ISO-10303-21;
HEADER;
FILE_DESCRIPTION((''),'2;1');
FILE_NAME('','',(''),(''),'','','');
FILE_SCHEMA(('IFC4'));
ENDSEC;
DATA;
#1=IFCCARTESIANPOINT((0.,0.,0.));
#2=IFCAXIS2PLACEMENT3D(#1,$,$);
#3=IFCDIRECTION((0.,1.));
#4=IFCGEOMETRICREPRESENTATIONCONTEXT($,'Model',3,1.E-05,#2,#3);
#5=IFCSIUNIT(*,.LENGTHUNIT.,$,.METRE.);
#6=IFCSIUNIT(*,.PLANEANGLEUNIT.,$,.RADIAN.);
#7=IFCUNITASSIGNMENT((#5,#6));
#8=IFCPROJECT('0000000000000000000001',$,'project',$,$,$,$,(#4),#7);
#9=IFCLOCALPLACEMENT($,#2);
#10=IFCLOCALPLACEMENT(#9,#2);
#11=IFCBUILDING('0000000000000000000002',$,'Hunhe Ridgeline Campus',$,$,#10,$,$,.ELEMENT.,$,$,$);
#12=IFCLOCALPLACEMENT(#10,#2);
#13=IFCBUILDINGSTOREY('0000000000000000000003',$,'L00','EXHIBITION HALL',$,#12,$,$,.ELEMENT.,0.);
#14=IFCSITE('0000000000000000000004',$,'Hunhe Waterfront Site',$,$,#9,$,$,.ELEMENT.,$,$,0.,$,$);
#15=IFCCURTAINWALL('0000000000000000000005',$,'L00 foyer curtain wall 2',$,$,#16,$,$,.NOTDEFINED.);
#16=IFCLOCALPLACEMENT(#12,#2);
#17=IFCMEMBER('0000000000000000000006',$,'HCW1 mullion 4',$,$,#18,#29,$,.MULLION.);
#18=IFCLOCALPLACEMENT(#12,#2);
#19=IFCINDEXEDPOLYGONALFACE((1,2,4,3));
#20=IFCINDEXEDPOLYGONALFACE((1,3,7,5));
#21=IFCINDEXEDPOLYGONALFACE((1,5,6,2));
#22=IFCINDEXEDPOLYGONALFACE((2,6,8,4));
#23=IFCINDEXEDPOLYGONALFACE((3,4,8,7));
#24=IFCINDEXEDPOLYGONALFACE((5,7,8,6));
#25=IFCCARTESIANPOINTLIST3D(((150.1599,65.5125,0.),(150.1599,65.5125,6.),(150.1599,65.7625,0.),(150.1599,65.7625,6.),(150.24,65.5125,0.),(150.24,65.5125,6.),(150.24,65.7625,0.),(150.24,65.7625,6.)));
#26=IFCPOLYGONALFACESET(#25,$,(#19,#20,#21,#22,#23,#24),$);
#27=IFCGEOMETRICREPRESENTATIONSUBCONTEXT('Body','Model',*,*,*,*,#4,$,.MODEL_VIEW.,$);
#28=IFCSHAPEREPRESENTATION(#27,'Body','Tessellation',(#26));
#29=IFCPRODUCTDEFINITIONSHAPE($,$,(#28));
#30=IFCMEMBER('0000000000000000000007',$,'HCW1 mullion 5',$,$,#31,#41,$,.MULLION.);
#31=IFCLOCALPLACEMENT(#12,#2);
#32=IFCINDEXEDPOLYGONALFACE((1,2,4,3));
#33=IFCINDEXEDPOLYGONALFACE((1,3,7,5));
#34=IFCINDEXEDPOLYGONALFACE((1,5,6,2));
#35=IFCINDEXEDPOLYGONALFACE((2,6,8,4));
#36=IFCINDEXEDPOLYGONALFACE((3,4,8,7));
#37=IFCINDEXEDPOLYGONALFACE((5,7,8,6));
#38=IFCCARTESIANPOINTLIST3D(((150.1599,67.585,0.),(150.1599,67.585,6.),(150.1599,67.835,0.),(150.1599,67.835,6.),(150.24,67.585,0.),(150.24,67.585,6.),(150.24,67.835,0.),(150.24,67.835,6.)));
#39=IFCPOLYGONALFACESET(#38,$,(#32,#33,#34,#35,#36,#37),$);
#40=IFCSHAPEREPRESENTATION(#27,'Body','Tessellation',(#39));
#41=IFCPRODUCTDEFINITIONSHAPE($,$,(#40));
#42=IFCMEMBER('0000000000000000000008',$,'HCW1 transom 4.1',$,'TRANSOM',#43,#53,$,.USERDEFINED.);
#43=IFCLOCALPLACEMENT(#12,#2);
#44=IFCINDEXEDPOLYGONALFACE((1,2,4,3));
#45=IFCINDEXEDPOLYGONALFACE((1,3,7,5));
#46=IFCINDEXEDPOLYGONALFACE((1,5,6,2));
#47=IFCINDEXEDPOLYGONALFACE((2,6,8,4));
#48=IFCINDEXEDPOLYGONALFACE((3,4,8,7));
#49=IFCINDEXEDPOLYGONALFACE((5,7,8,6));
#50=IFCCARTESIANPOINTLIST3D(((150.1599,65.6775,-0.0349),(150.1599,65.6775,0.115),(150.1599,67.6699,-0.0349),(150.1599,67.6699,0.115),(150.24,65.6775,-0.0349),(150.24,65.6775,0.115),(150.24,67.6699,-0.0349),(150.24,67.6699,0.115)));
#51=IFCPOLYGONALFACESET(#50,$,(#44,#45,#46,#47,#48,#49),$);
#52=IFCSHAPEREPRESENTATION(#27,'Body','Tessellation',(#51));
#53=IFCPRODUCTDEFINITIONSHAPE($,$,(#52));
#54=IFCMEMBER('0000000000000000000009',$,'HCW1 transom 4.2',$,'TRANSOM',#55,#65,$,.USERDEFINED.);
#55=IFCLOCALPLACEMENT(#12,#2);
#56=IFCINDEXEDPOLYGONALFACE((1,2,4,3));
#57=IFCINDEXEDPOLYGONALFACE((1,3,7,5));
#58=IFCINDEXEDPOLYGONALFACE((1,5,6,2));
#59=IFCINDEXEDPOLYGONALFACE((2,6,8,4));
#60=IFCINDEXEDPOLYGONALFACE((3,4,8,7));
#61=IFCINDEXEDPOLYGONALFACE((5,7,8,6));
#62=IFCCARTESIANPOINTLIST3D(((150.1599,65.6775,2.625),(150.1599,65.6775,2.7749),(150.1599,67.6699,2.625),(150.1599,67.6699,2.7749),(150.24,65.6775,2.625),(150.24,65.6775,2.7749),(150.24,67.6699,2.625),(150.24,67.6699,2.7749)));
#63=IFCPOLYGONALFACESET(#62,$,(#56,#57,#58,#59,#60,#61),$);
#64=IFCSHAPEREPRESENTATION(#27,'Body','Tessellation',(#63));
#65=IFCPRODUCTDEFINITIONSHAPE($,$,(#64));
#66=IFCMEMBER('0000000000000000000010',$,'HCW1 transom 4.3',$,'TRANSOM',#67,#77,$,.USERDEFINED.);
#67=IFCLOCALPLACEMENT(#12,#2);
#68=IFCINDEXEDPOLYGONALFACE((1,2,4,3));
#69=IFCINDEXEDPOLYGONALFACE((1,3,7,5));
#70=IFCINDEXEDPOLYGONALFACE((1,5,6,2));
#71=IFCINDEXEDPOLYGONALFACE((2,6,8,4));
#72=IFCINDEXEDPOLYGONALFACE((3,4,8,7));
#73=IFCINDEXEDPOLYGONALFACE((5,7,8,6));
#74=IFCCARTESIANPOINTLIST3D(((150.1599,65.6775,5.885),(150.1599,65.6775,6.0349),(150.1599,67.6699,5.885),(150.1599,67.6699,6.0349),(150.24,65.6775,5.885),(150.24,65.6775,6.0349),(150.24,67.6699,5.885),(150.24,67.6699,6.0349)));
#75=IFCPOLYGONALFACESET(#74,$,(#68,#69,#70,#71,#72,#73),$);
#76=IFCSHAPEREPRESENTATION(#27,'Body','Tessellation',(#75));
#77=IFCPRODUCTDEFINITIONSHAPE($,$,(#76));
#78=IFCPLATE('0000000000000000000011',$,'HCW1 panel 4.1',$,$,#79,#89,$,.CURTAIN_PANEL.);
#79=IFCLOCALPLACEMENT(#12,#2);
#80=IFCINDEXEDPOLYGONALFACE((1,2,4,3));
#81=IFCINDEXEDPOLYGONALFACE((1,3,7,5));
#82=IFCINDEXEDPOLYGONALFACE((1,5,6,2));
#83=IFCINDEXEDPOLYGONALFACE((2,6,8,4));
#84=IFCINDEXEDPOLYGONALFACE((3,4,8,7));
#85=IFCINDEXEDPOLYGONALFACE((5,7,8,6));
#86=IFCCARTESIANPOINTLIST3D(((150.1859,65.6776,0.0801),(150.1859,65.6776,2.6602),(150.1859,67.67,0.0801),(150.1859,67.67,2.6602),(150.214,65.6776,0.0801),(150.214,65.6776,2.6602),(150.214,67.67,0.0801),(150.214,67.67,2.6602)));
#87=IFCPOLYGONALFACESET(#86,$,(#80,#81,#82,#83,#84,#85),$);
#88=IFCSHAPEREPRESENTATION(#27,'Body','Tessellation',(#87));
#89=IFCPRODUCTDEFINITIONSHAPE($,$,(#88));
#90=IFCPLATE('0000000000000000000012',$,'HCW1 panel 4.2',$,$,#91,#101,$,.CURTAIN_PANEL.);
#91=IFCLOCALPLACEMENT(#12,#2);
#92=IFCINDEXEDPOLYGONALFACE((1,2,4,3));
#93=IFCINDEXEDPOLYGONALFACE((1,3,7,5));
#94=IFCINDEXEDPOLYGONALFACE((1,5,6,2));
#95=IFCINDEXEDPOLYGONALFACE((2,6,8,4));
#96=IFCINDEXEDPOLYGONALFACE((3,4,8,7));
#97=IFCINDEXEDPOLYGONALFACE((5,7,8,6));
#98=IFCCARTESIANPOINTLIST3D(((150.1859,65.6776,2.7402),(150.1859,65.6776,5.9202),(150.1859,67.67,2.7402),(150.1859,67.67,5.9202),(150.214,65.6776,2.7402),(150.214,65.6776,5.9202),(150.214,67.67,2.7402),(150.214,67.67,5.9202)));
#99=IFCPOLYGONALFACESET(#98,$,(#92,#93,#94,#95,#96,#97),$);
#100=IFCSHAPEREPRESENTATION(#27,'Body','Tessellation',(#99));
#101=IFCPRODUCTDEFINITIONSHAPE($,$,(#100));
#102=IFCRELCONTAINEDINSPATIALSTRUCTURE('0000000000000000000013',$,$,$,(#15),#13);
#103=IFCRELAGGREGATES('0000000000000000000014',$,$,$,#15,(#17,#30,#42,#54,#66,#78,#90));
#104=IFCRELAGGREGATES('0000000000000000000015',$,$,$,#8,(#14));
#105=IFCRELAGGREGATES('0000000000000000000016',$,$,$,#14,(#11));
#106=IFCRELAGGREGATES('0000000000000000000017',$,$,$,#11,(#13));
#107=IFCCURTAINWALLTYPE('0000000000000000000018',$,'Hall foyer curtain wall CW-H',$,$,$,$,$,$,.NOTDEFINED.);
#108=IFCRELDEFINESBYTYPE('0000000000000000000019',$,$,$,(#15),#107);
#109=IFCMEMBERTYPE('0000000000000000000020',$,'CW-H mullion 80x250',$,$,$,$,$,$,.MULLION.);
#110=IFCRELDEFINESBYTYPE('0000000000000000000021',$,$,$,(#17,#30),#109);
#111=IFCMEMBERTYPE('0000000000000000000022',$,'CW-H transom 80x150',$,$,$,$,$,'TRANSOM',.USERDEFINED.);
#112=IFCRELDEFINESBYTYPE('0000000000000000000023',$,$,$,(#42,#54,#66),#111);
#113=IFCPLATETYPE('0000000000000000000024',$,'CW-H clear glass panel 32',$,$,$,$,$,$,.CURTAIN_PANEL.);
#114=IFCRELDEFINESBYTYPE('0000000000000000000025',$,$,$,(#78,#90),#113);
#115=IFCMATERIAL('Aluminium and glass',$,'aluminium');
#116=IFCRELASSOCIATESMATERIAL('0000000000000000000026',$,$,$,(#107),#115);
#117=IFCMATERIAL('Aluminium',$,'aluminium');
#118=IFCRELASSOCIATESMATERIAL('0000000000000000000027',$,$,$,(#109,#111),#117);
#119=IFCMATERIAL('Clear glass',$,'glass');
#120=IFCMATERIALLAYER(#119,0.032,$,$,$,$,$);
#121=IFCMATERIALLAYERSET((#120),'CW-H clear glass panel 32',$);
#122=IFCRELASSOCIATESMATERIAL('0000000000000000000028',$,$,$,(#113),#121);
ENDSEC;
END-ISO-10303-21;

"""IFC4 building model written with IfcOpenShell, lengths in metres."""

from ifc_helpers import new_model, si_unit, direction, frame, origin, origin_2d, place, context, subcontext, project, spatial, rectangle, extrude, material, layer, layer_set, material_profile, profile_set, type_object, element, aggregate, save


model = new_model("IFC4")

# Units and contexts
model_context = context("Model", 3, precision=1e-05, world=origin(), true_north=direction((0.0, 1.0)))
body_context = subcontext(model_context, "Body", "Model", "MODEL_VIEW")
ifc_project = project(units=[si_unit("LENGTHUNIT", "METRE"), si_unit("PLANEANGLEUNIT", "RADIAN")], contexts=[model_context])

# Site, building, storey
site_placement = place(None, origin())
site = spatial("IfcSite", under=ifc_project, at=site_placement, Name="Hunhe Waterfront Site", CompositionType="ELEMENT", RefElevation=0.0)
building_placement = place(site_placement, origin())
building = spatial("IfcBuilding", under=site, at=building_placement, Name="Hunhe Ridgeline Campus", CompositionType="ELEMENT")
storey_placement = place(building_placement, origin())
storey = spatial("IfcBuildingStorey", under=building, at=storey_placement, Name="L00", Description="EXHIBITION HALL", CompositionType="ELEMENT", Elevation=0.0)

# Curtain wall, members, plates
ifc_material_1 = material(Name="Aluminium and glass", Category="aluminium")
curtain_wall_type = type_object("IfcCurtainWallType", Name="Hall foyer curtain wall CW-H", PredefinedType="NOTDEFINED", material=ifc_material_1)
curtain_wall_placement = place(storey_placement, origin())
curtain_wall = element("IfcCurtainWall", 1, at=curtain_wall_placement, inside=storey, type_object=curtain_wall_type, Name="L00 foyer curtain wall 2", PredefinedType="NOTDEFINED")
ifc_material_2 = material(Name="Aluminium", Category="aluminium")
ifc_material_profile_1 = material_profile(ifc_material_2, rectangle(XDim=0.0801, YDim=0.25, at=origin_2d()))
ifc_profile_set_1 = profile_set([ifc_material_profile_1], Name="Aluminium")
member_type_1 = type_object("IfcMemberType", Name="CW-H mullion 80x250", PredefinedType="MULLION", material=ifc_profile_set_1)
member_1_placement = place(storey_placement, frame((150.2, 65.6375, 0.0), z_axis=(0.0, 0.0, 1.0), x_axis=(-1.0, 0.0, 0.0)))
member_1 = element("IfcMember", 2, at=member_1_placement, type_object=member_type_1, Name="HCW1 mullion 4", PredefinedType="MULLION", context=body_context, shape_type="SweptSolid", body=[
    extrude(rectangle(XDim=0.0801, YDim=0.25, at=origin_2d()), origin(), (0.0, 0.0, 1.0), 6.0),
])
member_2_placement = place(storey_placement, frame((150.2, 67.71, 0.0), z_axis=(0.0, 0.0, 1.0), x_axis=(-1.0, 0.0, 0.0)))
member_2 = element("IfcMember", 3, at=member_2_placement, type_object=member_type_1, Name="HCW1 mullion 5", PredefinedType="MULLION", context=body_context, shape_type="SweptSolid", body=[
    extrude(rectangle(XDim=0.0801, YDim=0.25, at=origin_2d()), origin(), (0.0, 0.0, 1.0), 6.0),
])
ifc_material_profile_2 = material_profile(ifc_material_2, rectangle(XDim=0.0801, YDim=0.1499, at=origin_2d()))
ifc_profile_set_2 = profile_set([ifc_material_profile_2], Name="Aluminium")
member_type_2 = type_object("IfcMemberType", Name="CW-H transom 80x150", ElementType="TRANSOM", PredefinedType="USERDEFINED", material=ifc_profile_set_2)
member_3_placement = place(storey_placement, frame((150.2, 65.6775, 0.04), z_axis=(0.0, 1.0, 0.0), x_axis=(-1.0, 0.0, 0.0)))
member_3 = element("IfcMember", 4, at=member_3_placement, type_object=member_type_2, Name="HCW1 transom 4.1", ObjectType="TRANSOM", PredefinedType="USERDEFINED", context=body_context, shape_type="SweptSolid", body=[
    extrude(rectangle(XDim=0.0801, YDim=0.1499, at=origin_2d()), origin(), (0.0, 0.0, 1.0), 1.9924),
])
member_4_placement = place(storey_placement, frame((150.2, 65.6775, 2.7), z_axis=(0.0, 1.0, 0.0), x_axis=(-1.0, 0.0, 0.0)))
member_4 = element("IfcMember", 5, at=member_4_placement, type_object=member_type_2, Name="HCW1 transom 4.2", ObjectType="TRANSOM", PredefinedType="USERDEFINED", context=body_context, shape_type="SweptSolid", body=[
    extrude(rectangle(XDim=0.0801, YDim=0.1499, at=origin_2d()), origin(), (0.0, 0.0, 1.0), 1.9924),
])
member_5_placement = place(storey_placement, frame((150.2, 65.6775, 5.96), z_axis=(0.0, 1.0, 0.0), x_axis=(-1.0, 0.0, 0.0)))
member_5 = element("IfcMember", 6, at=member_5_placement, type_object=member_type_2, Name="HCW1 transom 4.3", ObjectType="TRANSOM", PredefinedType="USERDEFINED", context=body_context, shape_type="SweptSolid", body=[
    extrude(rectangle(XDim=0.0801, YDim=0.1499, at=origin_2d()), origin(), (0.0, 0.0, 1.0), 1.9924),
])
ifc_material_3 = material(Name="Clear glass", Category="glass")
ifc_layer_1 = layer(ifc_material_3, 0.032)
ifc_layer_set_1 = layer_set([ifc_layer_1], Name="CW-H clear glass panel 32")
plate_type = type_object("IfcPlateType", Name="CW-H clear glass panel 32", PredefinedType="CURTAIN_PANEL", material=ifc_layer_set_1)
plate_1_placement = place(storey_placement, frame((150.2, 66.6738, 0.0801), z_axis=(0.0, 0.0, 1.0), x_axis=(0.0, 1.0, 0.0)))
plate_1 = element("IfcPlate", 7, at=plate_1_placement, type_object=plate_type, Name="HCW1 panel 4.1", PredefinedType="CURTAIN_PANEL", context=body_context, shape_type="SweptSolid", body=[
    extrude(rectangle(XDim=1.9924, YDim=0.0281, at=origin_2d()), origin(), (0.0, 0.0, 1.0), 2.5801),
])
plate_2_placement = place(storey_placement, frame((150.2, 66.6738, 2.7402), z_axis=(0.0, 0.0, 1.0), x_axis=(0.0, 1.0, 0.0)))
plate_2 = element("IfcPlate", 8, at=plate_2_placement, type_object=plate_type, Name="HCW1 panel 4.2", PredefinedType="CURTAIN_PANEL", context=body_context, shape_type="SweptSolid", body=[
    extrude(rectangle(XDim=1.9924, YDim=0.0281, at=origin_2d()), origin(), (0.0, 0.0, 1.0), 3.1799),
])
aggregate(curtain_wall, [member_1, member_2, member_3, member_4, member_5, plate_1, plate_2])

save(model, "model.ifc")
